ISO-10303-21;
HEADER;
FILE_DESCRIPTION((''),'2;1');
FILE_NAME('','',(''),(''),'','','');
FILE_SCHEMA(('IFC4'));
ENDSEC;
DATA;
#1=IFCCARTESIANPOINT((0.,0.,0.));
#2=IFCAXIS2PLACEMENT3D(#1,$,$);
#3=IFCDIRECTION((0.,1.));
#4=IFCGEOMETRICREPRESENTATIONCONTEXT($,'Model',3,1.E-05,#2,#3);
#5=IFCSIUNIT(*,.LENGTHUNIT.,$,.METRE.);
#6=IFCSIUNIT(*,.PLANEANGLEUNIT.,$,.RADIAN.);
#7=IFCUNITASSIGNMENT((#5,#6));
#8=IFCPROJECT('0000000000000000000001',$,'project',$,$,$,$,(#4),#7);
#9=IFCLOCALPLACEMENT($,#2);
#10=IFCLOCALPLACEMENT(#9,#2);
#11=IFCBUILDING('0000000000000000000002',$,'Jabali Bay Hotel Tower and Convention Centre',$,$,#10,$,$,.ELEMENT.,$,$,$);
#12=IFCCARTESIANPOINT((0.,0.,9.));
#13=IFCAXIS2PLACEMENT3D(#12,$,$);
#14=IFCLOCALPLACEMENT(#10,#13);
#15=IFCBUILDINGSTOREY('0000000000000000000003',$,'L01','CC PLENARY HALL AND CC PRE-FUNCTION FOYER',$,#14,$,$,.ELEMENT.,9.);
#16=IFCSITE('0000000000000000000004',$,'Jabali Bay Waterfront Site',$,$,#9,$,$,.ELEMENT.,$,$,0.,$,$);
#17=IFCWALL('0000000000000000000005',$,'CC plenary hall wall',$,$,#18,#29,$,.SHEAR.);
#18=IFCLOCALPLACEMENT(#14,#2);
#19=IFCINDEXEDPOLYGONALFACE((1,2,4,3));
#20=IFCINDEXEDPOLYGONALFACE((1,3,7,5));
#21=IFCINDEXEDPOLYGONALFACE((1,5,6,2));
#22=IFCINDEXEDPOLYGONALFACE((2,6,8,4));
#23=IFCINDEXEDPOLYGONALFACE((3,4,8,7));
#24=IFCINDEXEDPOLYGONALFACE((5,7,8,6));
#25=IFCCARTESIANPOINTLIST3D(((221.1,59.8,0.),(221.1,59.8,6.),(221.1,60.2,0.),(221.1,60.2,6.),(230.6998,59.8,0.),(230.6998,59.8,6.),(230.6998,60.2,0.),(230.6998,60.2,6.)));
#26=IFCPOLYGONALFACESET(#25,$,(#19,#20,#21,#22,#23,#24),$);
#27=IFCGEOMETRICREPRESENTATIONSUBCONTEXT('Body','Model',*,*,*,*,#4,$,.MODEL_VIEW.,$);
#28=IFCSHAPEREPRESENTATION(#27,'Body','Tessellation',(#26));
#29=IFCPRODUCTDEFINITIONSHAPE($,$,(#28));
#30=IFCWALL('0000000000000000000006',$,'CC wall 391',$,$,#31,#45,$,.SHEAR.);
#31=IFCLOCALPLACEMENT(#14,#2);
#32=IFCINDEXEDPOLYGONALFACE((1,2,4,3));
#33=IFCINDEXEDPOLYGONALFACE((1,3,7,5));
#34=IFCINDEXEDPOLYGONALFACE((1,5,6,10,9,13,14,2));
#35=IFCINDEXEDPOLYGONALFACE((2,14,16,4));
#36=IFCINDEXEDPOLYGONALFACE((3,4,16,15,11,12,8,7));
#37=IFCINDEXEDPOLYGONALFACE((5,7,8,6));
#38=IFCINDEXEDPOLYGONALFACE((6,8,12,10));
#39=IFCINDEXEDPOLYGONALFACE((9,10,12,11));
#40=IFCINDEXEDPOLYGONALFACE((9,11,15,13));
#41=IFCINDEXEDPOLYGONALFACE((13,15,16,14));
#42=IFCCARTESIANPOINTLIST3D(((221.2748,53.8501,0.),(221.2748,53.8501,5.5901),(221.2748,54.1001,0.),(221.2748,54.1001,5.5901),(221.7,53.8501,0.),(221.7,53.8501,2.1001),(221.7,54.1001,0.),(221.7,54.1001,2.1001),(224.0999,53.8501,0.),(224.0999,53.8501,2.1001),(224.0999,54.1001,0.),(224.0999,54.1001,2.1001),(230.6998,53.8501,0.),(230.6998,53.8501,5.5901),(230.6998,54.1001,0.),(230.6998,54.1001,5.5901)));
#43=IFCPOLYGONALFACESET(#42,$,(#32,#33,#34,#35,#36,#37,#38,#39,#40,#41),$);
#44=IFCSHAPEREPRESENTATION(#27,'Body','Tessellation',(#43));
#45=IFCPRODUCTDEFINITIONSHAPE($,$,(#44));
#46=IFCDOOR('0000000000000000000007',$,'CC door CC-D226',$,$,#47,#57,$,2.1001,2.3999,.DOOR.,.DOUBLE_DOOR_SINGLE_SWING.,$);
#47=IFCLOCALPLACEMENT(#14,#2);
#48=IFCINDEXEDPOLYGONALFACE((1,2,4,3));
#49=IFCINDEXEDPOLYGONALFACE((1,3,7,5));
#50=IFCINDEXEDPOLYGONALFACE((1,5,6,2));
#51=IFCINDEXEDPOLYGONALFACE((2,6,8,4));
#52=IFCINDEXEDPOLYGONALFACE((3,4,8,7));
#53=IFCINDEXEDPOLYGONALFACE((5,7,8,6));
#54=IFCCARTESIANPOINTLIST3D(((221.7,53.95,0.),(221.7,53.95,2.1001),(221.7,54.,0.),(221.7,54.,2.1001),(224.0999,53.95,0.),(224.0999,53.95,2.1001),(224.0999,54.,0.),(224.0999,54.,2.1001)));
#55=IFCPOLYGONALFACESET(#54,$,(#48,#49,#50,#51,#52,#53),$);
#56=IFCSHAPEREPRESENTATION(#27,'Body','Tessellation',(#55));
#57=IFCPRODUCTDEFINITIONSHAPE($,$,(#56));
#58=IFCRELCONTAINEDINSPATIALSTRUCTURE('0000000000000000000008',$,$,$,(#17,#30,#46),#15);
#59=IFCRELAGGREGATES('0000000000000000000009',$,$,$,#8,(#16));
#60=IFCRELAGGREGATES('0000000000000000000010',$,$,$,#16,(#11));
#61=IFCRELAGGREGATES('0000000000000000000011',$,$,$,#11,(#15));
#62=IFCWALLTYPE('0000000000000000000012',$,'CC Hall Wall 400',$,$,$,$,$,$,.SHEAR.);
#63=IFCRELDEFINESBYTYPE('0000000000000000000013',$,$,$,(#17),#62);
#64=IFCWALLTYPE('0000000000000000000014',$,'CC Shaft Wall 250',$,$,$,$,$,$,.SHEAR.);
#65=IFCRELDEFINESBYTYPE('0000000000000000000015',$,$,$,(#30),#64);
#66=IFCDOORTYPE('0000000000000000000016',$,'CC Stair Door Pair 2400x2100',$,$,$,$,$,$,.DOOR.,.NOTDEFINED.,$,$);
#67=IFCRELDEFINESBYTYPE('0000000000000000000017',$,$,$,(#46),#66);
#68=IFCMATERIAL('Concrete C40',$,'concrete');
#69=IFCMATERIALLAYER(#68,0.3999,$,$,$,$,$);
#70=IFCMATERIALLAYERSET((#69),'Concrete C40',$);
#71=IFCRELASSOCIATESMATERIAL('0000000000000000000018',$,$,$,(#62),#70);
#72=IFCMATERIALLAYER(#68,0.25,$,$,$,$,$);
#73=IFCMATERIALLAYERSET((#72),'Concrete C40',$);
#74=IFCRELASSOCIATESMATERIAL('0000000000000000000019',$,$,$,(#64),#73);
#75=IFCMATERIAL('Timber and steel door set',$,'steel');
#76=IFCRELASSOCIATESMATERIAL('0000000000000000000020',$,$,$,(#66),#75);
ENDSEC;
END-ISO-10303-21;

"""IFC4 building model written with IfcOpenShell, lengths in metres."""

from ifc_helpers import new_model, si_unit, direction, frame, frame_2d, origin, place, context, subcontext, project, spatial, rectangle, extrude, material, layer, layer_set, type_object, element, fill, save


model = new_model("IFC4")

# Units and contexts
model_context = context("Model", 3, precision=1e-05, world=origin(), true_north=direction((0.0, 1.0)))
body_context = subcontext(model_context, "Body", "Model", "MODEL_VIEW")
ifc_project = project(units=[si_unit("LENGTHUNIT", "METRE"), si_unit("PLANEANGLEUNIT", "RADIAN")], contexts=[model_context])

# Site, building, storey
site_placement = place(None, origin())
site = spatial("IfcSite", under=ifc_project, at=site_placement, Name="Jabali Bay Waterfront Site", CompositionType="ELEMENT", RefElevation=0.0)
building_placement = place(site_placement, origin())
building = spatial("IfcBuilding", under=site, at=building_placement, Name="Jabali Bay Hotel Tower and Convention Centre", CompositionType="ELEMENT")
storey_placement = place(building_placement, frame((0.0, 0.0, 9.0)))
storey = spatial("IfcBuildingStorey", under=building, at=storey_placement, Name="L01", Description="CC PLENARY HALL AND CC PRE-FUNCTION FOYER", CompositionType="ELEMENT", Elevation=9.0)

# Wall
ifc_material_1 = material(Name="Concrete C40", Category="concrete")
ifc_layer_1 = layer(ifc_material_1, 0.3999)
ifc_layer_set_1 = layer_set([ifc_layer_1], Name="Concrete C40")
wall_type_1 = type_object("IfcWallType", Name="CC Hall Wall 400", PredefinedType="SHEAR", material=ifc_layer_set_1)
wall_1_placement = place(storey_placement, frame((221.1001, 60.0, 0.0), z_axis=(0.0, 0.0, 1.0), x_axis=(1.0, 0.0, 0.0)))
element("IfcWall", 1, at=wall_1_placement, inside=storey, type_object=wall_type_1, Name="CC plenary hall wall", PredefinedType="SHEAR", context=body_context, shape_type="SweptSolid", body=[
    extrude(rectangle(XDim=9.5999, YDim=0.3999, at=frame_2d((4.7998, 0.0))), origin(), (0.0, 0.0, 1.0), 6.0),
])

# Wall, opening, door
ifc_layer_2 = layer(ifc_material_1, 0.25)
ifc_layer_set_2 = layer_set([ifc_layer_2], Name="Concrete C40")
wall_type_2 = type_object("IfcWallType", Name="CC Shaft Wall 250", PredefinedType="SHEAR", material=ifc_layer_set_2)
wall_2_placement = place(storey_placement, frame((221.2749, 53.9751, 0.0), z_axis=(0.0, 0.0, 1.0), x_axis=(1.0, 0.0, 0.0)))
wall_2 = element("IfcWall", 2, at=wall_2_placement, inside=storey, type_object=wall_type_2, Name="CC wall 391", PredefinedType="SHEAR", context=body_context, shape_type="SweptSolid", body=[
    extrude(rectangle(XDim=9.425, YDim=0.25, at=frame_2d((4.7124, 0.0))), origin(), (0.0, 0.0, 1.0), 5.5901),
])
opening_placement = place(wall_2_placement, frame((0.425, 0.0, 0.0)))
opening = element("IfcOpeningElement", 3, at=opening_placement, cuts=wall_2, PredefinedType="OPENING", context=body_context, shape_type="SweptSolid", body=[
    extrude(rectangle(XDim=2.3999, YDim=2.1001, at=frame_2d((1.2, 1.05))), frame((0.0, 0.1355, 0.0), z_axis=(0.0, -1.0, 0.0), x_axis=(1.0, 0.0, 0.0)), (0.0, 0.0, 1.0), 0.271),
])
ifc_material_2 = material(Name="Timber and steel door set", Category="steel")
door_type = type_object("IfcDoorType", Name="CC Stair Door Pair 2400x2100", OperationType="NOTDEFINED", PredefinedType="DOOR", material=ifc_material_2)
door_placement = place(opening_placement, origin())
door = element("IfcDoor", 4, at=door_placement, inside=storey, type_object=door_type, Name="CC door CC-D226", OperationType="DOUBLE_DOOR_SINGLE_SWING", OverallHeight=2.1001, OverallWidth=2.3999, PredefinedType="DOOR", context=body_context, shape_type="SweptSolid", body=[
    extrude(rectangle(XDim=2.3999, YDim=2.1001, at=frame_2d((1.2, 1.05))), frame((0.0, 0.0249, 0.0), z_axis=(0.0, -1.0, 0.0), x_axis=(1.0, 0.0, 0.0)), (0.0, 0.0, 1.0), 0.05),
])
fill(opening, door)

save(model, "model.ifc")
